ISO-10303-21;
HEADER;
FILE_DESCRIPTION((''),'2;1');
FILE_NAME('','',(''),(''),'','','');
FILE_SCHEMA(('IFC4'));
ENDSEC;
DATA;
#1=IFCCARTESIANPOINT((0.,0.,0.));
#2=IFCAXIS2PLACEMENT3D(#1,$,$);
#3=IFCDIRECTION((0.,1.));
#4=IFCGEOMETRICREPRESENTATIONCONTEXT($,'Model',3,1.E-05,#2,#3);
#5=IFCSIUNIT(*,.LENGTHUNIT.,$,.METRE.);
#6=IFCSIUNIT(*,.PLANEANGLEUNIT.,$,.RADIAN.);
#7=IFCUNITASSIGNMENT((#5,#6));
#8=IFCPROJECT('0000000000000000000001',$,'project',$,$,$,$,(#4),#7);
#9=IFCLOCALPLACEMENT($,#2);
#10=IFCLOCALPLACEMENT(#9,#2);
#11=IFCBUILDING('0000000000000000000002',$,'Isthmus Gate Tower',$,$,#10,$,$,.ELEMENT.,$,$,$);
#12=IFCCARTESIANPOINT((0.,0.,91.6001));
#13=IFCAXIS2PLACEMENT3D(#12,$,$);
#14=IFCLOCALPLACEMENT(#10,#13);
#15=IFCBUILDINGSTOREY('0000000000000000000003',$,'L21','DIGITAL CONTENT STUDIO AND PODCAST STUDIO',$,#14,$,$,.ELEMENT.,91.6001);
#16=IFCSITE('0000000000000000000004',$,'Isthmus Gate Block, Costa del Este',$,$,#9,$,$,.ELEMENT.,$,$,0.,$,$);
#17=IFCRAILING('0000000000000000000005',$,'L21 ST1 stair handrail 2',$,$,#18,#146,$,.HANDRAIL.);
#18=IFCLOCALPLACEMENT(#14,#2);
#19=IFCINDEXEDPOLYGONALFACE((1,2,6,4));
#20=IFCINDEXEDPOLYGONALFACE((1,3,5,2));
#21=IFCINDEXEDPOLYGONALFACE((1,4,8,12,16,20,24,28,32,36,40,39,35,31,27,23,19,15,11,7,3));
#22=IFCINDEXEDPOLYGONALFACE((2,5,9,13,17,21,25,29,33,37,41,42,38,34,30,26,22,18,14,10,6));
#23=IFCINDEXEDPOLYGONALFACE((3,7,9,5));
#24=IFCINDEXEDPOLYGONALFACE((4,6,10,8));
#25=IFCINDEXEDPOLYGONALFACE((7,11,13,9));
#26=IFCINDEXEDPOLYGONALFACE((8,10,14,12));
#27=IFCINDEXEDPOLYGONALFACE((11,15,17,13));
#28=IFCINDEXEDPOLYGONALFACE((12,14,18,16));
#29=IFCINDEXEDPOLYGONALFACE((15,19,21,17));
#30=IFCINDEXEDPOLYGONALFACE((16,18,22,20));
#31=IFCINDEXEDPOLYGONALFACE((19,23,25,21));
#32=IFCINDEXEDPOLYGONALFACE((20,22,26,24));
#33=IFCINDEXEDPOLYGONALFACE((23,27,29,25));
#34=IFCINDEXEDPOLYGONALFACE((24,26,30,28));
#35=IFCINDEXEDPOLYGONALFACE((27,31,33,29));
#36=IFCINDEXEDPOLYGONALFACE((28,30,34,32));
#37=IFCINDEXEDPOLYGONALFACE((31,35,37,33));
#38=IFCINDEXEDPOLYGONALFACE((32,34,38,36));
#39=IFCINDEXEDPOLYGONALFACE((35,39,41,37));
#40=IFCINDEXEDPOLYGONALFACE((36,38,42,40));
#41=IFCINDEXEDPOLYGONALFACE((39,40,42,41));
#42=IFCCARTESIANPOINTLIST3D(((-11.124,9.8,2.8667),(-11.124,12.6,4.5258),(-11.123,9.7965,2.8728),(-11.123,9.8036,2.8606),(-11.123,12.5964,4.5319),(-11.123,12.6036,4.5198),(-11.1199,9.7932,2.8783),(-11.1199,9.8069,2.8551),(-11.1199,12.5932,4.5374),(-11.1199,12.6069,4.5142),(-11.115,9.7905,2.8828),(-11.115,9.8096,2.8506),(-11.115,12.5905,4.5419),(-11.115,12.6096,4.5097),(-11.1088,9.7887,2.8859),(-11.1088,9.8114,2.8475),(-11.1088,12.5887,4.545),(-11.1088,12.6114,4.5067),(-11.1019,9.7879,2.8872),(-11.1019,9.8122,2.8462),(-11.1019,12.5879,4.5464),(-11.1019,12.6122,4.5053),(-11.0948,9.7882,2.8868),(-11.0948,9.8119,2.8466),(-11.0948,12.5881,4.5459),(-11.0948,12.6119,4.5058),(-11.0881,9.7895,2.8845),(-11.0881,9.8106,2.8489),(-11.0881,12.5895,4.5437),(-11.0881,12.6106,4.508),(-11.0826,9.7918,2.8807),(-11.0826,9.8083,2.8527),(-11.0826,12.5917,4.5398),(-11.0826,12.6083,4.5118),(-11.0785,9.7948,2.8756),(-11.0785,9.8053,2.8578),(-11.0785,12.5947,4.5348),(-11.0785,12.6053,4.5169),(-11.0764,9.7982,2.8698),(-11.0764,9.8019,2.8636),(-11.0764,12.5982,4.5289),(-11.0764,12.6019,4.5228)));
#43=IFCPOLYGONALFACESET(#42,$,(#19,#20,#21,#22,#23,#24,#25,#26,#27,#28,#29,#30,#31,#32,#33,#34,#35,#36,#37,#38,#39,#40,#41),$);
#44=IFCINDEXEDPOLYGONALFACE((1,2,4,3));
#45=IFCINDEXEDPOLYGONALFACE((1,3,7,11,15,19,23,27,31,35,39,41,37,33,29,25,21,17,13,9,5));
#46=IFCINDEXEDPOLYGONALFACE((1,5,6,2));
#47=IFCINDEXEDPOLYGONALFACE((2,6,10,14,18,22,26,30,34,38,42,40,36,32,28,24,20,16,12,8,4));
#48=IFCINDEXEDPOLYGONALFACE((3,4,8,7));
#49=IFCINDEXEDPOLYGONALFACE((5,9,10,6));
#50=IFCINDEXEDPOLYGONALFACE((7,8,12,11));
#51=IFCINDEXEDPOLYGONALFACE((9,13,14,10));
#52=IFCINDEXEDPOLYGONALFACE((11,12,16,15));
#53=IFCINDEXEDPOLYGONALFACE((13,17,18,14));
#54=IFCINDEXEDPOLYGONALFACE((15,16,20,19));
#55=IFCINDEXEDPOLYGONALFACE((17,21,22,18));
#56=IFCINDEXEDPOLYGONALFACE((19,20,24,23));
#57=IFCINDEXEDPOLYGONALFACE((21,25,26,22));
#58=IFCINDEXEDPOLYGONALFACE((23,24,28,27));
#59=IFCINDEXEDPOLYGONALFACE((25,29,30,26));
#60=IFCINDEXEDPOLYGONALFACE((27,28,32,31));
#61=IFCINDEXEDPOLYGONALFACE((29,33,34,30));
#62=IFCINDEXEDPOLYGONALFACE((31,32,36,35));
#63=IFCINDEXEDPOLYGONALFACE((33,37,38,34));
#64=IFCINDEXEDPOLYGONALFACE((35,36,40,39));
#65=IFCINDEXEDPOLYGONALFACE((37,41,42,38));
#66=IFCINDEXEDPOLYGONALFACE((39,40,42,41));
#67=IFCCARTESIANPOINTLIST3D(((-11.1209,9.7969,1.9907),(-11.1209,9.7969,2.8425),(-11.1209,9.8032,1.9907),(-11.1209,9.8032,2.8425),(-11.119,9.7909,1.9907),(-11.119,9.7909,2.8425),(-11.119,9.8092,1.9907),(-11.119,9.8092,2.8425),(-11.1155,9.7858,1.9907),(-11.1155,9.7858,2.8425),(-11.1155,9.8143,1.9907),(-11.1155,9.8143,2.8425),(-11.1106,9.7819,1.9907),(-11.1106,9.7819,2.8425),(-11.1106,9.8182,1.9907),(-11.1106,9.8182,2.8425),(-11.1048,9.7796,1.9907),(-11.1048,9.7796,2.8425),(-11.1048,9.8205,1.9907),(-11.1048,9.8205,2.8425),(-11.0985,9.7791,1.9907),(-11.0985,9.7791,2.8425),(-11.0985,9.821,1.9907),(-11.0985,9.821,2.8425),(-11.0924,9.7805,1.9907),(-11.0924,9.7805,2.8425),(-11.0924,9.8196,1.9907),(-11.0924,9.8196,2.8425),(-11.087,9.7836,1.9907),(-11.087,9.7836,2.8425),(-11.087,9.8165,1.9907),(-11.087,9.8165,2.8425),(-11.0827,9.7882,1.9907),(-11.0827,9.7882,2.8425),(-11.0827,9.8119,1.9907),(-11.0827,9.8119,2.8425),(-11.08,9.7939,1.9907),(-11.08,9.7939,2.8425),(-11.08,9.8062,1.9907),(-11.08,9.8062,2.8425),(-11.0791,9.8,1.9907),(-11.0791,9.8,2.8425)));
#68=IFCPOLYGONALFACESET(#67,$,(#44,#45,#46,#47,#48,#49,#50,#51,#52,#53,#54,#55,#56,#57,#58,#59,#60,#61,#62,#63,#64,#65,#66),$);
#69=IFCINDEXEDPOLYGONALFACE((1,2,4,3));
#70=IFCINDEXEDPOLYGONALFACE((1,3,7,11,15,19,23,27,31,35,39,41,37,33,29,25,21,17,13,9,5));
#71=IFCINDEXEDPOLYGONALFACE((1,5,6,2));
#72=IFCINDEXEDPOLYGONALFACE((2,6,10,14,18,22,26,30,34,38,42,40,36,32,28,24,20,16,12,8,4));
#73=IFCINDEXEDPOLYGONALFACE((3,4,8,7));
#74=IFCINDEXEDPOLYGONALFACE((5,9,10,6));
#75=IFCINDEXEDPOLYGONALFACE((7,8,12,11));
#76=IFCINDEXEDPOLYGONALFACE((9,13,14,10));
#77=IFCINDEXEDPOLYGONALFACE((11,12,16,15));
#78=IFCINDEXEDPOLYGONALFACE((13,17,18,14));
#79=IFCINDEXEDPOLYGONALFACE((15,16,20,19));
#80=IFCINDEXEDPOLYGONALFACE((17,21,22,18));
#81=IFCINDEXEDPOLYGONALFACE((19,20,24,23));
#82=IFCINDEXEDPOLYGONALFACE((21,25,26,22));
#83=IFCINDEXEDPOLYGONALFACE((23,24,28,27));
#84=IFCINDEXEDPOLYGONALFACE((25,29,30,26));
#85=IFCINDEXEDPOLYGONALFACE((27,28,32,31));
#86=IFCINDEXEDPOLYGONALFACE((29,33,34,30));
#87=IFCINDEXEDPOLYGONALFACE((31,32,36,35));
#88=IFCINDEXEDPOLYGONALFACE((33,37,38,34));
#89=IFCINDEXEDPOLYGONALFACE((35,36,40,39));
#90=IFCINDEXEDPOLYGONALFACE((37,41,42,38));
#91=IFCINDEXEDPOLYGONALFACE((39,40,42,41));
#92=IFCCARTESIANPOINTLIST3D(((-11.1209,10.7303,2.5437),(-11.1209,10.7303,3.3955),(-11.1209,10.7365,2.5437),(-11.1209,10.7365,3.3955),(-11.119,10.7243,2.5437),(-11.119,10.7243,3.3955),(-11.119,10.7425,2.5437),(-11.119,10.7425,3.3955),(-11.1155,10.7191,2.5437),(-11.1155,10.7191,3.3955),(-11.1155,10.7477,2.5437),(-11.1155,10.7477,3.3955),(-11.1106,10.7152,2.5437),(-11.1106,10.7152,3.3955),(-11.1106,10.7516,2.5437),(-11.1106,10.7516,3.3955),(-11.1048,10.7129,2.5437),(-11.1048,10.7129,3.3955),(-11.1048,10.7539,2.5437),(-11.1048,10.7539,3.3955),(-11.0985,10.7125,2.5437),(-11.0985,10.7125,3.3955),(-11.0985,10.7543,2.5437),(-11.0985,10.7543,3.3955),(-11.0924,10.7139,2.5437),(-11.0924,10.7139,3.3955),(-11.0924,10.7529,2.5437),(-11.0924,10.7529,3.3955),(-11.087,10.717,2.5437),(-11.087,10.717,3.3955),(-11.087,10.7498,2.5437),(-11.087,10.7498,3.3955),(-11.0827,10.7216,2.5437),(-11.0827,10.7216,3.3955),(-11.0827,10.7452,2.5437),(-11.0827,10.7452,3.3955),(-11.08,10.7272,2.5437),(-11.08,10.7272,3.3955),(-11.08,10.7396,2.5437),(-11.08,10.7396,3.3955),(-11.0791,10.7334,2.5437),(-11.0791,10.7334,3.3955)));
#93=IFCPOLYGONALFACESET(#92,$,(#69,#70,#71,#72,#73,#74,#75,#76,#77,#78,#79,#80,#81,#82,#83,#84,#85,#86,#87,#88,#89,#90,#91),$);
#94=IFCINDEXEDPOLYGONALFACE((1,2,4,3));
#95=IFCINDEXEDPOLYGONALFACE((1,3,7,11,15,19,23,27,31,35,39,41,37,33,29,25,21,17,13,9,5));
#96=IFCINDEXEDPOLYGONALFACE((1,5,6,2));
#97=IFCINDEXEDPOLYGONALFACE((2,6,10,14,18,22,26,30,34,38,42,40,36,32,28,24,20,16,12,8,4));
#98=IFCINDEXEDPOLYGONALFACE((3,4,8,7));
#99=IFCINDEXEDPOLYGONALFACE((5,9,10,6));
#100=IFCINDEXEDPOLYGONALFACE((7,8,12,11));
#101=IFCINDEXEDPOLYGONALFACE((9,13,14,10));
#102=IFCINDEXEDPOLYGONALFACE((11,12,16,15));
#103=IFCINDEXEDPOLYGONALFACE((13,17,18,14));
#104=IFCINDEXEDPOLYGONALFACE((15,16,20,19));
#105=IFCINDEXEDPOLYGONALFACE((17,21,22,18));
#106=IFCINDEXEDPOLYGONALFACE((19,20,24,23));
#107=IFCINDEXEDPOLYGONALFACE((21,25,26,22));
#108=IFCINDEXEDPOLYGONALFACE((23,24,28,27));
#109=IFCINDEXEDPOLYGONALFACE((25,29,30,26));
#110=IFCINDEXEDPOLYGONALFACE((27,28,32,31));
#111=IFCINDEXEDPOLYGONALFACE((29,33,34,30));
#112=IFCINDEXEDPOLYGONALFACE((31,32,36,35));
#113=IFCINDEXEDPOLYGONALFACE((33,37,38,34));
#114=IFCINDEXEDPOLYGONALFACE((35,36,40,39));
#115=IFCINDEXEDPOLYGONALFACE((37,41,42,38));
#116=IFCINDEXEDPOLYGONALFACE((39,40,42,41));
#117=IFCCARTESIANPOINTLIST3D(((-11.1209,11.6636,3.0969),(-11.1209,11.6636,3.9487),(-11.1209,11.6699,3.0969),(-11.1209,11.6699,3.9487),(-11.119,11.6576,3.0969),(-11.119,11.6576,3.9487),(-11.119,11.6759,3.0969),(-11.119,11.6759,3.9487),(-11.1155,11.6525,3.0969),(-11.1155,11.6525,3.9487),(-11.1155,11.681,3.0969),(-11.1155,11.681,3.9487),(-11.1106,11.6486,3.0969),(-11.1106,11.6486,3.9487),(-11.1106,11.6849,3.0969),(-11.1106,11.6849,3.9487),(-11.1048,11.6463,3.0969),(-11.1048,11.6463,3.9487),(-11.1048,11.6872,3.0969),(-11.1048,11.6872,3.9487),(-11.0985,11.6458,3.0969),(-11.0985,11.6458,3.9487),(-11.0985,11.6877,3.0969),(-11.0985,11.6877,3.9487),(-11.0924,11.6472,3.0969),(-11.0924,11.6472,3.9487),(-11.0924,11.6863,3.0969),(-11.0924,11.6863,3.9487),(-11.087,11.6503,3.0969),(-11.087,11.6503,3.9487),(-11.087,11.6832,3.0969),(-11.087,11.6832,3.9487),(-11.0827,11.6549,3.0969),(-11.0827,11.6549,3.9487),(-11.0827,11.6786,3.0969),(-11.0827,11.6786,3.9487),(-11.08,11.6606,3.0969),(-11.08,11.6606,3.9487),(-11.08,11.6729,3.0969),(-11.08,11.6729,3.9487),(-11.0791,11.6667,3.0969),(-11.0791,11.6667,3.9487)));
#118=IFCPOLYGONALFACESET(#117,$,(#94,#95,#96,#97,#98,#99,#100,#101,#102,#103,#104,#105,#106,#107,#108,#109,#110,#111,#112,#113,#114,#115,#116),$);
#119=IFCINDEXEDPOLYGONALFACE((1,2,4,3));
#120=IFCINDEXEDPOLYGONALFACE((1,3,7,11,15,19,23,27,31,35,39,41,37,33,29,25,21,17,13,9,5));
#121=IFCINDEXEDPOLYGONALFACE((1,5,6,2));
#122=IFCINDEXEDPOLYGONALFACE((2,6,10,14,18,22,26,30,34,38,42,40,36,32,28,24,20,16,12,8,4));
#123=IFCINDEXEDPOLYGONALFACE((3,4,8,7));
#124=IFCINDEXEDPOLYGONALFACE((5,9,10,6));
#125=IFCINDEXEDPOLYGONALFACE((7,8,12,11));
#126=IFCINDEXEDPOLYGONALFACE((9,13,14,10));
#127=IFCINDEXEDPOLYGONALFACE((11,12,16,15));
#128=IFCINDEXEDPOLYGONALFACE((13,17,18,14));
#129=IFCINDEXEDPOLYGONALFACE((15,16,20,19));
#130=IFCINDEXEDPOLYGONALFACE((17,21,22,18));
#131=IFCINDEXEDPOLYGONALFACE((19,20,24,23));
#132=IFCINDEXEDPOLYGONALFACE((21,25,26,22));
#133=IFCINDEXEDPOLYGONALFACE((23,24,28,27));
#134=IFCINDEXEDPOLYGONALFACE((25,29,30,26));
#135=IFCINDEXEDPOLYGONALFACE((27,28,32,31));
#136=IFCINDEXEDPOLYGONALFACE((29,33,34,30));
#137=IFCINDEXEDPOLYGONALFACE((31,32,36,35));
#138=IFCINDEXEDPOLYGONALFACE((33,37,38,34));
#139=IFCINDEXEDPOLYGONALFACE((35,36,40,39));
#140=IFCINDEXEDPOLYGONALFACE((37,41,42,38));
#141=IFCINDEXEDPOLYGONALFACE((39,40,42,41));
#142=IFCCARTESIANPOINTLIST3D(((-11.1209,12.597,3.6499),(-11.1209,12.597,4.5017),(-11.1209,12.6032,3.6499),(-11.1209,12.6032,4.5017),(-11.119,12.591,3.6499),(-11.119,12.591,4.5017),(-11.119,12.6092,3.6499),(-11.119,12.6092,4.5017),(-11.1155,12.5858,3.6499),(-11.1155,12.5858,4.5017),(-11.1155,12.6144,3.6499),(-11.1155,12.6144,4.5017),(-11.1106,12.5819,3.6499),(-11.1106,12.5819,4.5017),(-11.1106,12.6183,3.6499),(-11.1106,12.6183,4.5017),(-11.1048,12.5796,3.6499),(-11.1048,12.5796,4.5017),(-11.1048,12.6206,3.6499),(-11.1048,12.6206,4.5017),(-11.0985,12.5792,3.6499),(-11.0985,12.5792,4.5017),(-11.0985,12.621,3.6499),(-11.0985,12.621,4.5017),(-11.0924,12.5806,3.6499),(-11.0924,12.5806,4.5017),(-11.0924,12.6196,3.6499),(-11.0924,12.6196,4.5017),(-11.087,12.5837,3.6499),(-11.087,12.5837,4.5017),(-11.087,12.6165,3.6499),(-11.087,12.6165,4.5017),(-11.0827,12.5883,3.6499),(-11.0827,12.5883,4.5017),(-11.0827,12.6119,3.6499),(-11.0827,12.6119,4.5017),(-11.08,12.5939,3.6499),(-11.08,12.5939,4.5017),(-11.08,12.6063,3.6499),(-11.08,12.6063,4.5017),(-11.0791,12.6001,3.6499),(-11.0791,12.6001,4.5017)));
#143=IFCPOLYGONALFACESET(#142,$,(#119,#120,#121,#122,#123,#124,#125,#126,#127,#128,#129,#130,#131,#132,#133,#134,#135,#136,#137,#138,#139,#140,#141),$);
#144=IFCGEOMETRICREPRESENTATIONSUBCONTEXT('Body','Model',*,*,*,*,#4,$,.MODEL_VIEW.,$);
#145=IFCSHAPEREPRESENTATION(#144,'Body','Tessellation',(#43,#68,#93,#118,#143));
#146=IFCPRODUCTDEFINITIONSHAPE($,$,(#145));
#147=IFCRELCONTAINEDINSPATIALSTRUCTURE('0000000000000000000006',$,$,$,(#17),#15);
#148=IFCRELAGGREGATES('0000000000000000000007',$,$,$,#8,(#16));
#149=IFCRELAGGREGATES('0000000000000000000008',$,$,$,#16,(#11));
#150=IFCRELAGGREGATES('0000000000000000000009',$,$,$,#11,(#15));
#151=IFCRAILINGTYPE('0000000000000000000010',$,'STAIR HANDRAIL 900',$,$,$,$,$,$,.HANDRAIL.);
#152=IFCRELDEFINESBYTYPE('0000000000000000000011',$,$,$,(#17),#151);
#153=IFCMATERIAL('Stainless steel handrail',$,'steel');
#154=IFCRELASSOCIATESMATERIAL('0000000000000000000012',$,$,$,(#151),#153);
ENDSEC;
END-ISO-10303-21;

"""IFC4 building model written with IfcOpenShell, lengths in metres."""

from ifc_helpers import new_model, si_unit, direction, frame, origin, origin_2d, place, context, subcontext, project, spatial, circle, extrude, material, type_object, element, save


model = new_model("IFC4")

# Units and contexts
model_context = context("Model", 3, precision=1e-05, world=origin(), true_north=direction((0.0, 1.0)))
body_context = subcontext(model_context, "Body", "Model", "MODEL_VIEW")
ifc_project = project(units=[si_unit("LENGTHUNIT", "METRE"), si_unit("PLANEANGLEUNIT", "RADIAN")], contexts=[model_context])

# Site, building, storey
site_placement = place(None, origin())
site = spatial("IfcSite", under=ifc_project, at=site_placement, Name="Isthmus Gate Block, Costa del Este", CompositionType="ELEMENT", RefElevation=0.0)
building_placement = place(site_placement, origin())
building = spatial("IfcBuilding", under=site, at=building_placement, Name="Isthmus Gate Tower", CompositionType="ELEMENT")
storey_placement = place(building_placement, frame((0.0, 0.0, 91.6001)))
storey = spatial("IfcBuildingStorey", under=building, at=storey_placement, Name="L21", Description="DIGITAL CONTENT STUDIO AND PODCAST STUDIO", CompositionType="ELEMENT", Elevation=91.6001)

# Railing
ifc_material_1 = material(Name="Stainless steel handrail", Category="steel")
railing_type_1 = type_object("IfcRailingType", Name="STAIR HANDRAIL 900", PredefinedType="HANDRAIL", material=ifc_material_1)
railing_1_placement = place(storey_placement, frame((-11.1001, 9.8, 1.9907)))
element("IfcRailing", 1, at=railing_1_placement, inside=storey, type_object=railing_type_1, Name="L21 ST1 stair handrail 2", PredefinedType="HANDRAIL", context=body_context, shape_type="SweptSolid", body=[
    extrude(circle(Radius=0.0239, at=origin_2d()), frame((0.0, 0.0, 0.876), z_axis=(0.0, 0.860306, 0.509778), x_axis=(-1.0, 0.0, 0.0)), (0.0, 0.0, 1.0), 3.2546),
    extrude(circle(Radius=0.021, at=origin_2d()), origin(), (0.0, 0.0, 1.0), 0.8518),
    extrude(circle(Radius=0.021, at=origin_2d()), frame((0.0, 0.9333, 0.553)), (0.0, 0.0, 1.0), 0.8518),
    extrude(circle(Radius=0.021, at=origin_2d()), frame((0.0, 1.8667, 1.1062)), (0.0, 0.0, 1.0), 0.8518),
    extrude(circle(Radius=0.021, at=origin_2d()), frame((0.0, 2.8, 1.6592)), (0.0, 0.0, 1.0), 0.8518),
])

save(model, "model.ifc")
